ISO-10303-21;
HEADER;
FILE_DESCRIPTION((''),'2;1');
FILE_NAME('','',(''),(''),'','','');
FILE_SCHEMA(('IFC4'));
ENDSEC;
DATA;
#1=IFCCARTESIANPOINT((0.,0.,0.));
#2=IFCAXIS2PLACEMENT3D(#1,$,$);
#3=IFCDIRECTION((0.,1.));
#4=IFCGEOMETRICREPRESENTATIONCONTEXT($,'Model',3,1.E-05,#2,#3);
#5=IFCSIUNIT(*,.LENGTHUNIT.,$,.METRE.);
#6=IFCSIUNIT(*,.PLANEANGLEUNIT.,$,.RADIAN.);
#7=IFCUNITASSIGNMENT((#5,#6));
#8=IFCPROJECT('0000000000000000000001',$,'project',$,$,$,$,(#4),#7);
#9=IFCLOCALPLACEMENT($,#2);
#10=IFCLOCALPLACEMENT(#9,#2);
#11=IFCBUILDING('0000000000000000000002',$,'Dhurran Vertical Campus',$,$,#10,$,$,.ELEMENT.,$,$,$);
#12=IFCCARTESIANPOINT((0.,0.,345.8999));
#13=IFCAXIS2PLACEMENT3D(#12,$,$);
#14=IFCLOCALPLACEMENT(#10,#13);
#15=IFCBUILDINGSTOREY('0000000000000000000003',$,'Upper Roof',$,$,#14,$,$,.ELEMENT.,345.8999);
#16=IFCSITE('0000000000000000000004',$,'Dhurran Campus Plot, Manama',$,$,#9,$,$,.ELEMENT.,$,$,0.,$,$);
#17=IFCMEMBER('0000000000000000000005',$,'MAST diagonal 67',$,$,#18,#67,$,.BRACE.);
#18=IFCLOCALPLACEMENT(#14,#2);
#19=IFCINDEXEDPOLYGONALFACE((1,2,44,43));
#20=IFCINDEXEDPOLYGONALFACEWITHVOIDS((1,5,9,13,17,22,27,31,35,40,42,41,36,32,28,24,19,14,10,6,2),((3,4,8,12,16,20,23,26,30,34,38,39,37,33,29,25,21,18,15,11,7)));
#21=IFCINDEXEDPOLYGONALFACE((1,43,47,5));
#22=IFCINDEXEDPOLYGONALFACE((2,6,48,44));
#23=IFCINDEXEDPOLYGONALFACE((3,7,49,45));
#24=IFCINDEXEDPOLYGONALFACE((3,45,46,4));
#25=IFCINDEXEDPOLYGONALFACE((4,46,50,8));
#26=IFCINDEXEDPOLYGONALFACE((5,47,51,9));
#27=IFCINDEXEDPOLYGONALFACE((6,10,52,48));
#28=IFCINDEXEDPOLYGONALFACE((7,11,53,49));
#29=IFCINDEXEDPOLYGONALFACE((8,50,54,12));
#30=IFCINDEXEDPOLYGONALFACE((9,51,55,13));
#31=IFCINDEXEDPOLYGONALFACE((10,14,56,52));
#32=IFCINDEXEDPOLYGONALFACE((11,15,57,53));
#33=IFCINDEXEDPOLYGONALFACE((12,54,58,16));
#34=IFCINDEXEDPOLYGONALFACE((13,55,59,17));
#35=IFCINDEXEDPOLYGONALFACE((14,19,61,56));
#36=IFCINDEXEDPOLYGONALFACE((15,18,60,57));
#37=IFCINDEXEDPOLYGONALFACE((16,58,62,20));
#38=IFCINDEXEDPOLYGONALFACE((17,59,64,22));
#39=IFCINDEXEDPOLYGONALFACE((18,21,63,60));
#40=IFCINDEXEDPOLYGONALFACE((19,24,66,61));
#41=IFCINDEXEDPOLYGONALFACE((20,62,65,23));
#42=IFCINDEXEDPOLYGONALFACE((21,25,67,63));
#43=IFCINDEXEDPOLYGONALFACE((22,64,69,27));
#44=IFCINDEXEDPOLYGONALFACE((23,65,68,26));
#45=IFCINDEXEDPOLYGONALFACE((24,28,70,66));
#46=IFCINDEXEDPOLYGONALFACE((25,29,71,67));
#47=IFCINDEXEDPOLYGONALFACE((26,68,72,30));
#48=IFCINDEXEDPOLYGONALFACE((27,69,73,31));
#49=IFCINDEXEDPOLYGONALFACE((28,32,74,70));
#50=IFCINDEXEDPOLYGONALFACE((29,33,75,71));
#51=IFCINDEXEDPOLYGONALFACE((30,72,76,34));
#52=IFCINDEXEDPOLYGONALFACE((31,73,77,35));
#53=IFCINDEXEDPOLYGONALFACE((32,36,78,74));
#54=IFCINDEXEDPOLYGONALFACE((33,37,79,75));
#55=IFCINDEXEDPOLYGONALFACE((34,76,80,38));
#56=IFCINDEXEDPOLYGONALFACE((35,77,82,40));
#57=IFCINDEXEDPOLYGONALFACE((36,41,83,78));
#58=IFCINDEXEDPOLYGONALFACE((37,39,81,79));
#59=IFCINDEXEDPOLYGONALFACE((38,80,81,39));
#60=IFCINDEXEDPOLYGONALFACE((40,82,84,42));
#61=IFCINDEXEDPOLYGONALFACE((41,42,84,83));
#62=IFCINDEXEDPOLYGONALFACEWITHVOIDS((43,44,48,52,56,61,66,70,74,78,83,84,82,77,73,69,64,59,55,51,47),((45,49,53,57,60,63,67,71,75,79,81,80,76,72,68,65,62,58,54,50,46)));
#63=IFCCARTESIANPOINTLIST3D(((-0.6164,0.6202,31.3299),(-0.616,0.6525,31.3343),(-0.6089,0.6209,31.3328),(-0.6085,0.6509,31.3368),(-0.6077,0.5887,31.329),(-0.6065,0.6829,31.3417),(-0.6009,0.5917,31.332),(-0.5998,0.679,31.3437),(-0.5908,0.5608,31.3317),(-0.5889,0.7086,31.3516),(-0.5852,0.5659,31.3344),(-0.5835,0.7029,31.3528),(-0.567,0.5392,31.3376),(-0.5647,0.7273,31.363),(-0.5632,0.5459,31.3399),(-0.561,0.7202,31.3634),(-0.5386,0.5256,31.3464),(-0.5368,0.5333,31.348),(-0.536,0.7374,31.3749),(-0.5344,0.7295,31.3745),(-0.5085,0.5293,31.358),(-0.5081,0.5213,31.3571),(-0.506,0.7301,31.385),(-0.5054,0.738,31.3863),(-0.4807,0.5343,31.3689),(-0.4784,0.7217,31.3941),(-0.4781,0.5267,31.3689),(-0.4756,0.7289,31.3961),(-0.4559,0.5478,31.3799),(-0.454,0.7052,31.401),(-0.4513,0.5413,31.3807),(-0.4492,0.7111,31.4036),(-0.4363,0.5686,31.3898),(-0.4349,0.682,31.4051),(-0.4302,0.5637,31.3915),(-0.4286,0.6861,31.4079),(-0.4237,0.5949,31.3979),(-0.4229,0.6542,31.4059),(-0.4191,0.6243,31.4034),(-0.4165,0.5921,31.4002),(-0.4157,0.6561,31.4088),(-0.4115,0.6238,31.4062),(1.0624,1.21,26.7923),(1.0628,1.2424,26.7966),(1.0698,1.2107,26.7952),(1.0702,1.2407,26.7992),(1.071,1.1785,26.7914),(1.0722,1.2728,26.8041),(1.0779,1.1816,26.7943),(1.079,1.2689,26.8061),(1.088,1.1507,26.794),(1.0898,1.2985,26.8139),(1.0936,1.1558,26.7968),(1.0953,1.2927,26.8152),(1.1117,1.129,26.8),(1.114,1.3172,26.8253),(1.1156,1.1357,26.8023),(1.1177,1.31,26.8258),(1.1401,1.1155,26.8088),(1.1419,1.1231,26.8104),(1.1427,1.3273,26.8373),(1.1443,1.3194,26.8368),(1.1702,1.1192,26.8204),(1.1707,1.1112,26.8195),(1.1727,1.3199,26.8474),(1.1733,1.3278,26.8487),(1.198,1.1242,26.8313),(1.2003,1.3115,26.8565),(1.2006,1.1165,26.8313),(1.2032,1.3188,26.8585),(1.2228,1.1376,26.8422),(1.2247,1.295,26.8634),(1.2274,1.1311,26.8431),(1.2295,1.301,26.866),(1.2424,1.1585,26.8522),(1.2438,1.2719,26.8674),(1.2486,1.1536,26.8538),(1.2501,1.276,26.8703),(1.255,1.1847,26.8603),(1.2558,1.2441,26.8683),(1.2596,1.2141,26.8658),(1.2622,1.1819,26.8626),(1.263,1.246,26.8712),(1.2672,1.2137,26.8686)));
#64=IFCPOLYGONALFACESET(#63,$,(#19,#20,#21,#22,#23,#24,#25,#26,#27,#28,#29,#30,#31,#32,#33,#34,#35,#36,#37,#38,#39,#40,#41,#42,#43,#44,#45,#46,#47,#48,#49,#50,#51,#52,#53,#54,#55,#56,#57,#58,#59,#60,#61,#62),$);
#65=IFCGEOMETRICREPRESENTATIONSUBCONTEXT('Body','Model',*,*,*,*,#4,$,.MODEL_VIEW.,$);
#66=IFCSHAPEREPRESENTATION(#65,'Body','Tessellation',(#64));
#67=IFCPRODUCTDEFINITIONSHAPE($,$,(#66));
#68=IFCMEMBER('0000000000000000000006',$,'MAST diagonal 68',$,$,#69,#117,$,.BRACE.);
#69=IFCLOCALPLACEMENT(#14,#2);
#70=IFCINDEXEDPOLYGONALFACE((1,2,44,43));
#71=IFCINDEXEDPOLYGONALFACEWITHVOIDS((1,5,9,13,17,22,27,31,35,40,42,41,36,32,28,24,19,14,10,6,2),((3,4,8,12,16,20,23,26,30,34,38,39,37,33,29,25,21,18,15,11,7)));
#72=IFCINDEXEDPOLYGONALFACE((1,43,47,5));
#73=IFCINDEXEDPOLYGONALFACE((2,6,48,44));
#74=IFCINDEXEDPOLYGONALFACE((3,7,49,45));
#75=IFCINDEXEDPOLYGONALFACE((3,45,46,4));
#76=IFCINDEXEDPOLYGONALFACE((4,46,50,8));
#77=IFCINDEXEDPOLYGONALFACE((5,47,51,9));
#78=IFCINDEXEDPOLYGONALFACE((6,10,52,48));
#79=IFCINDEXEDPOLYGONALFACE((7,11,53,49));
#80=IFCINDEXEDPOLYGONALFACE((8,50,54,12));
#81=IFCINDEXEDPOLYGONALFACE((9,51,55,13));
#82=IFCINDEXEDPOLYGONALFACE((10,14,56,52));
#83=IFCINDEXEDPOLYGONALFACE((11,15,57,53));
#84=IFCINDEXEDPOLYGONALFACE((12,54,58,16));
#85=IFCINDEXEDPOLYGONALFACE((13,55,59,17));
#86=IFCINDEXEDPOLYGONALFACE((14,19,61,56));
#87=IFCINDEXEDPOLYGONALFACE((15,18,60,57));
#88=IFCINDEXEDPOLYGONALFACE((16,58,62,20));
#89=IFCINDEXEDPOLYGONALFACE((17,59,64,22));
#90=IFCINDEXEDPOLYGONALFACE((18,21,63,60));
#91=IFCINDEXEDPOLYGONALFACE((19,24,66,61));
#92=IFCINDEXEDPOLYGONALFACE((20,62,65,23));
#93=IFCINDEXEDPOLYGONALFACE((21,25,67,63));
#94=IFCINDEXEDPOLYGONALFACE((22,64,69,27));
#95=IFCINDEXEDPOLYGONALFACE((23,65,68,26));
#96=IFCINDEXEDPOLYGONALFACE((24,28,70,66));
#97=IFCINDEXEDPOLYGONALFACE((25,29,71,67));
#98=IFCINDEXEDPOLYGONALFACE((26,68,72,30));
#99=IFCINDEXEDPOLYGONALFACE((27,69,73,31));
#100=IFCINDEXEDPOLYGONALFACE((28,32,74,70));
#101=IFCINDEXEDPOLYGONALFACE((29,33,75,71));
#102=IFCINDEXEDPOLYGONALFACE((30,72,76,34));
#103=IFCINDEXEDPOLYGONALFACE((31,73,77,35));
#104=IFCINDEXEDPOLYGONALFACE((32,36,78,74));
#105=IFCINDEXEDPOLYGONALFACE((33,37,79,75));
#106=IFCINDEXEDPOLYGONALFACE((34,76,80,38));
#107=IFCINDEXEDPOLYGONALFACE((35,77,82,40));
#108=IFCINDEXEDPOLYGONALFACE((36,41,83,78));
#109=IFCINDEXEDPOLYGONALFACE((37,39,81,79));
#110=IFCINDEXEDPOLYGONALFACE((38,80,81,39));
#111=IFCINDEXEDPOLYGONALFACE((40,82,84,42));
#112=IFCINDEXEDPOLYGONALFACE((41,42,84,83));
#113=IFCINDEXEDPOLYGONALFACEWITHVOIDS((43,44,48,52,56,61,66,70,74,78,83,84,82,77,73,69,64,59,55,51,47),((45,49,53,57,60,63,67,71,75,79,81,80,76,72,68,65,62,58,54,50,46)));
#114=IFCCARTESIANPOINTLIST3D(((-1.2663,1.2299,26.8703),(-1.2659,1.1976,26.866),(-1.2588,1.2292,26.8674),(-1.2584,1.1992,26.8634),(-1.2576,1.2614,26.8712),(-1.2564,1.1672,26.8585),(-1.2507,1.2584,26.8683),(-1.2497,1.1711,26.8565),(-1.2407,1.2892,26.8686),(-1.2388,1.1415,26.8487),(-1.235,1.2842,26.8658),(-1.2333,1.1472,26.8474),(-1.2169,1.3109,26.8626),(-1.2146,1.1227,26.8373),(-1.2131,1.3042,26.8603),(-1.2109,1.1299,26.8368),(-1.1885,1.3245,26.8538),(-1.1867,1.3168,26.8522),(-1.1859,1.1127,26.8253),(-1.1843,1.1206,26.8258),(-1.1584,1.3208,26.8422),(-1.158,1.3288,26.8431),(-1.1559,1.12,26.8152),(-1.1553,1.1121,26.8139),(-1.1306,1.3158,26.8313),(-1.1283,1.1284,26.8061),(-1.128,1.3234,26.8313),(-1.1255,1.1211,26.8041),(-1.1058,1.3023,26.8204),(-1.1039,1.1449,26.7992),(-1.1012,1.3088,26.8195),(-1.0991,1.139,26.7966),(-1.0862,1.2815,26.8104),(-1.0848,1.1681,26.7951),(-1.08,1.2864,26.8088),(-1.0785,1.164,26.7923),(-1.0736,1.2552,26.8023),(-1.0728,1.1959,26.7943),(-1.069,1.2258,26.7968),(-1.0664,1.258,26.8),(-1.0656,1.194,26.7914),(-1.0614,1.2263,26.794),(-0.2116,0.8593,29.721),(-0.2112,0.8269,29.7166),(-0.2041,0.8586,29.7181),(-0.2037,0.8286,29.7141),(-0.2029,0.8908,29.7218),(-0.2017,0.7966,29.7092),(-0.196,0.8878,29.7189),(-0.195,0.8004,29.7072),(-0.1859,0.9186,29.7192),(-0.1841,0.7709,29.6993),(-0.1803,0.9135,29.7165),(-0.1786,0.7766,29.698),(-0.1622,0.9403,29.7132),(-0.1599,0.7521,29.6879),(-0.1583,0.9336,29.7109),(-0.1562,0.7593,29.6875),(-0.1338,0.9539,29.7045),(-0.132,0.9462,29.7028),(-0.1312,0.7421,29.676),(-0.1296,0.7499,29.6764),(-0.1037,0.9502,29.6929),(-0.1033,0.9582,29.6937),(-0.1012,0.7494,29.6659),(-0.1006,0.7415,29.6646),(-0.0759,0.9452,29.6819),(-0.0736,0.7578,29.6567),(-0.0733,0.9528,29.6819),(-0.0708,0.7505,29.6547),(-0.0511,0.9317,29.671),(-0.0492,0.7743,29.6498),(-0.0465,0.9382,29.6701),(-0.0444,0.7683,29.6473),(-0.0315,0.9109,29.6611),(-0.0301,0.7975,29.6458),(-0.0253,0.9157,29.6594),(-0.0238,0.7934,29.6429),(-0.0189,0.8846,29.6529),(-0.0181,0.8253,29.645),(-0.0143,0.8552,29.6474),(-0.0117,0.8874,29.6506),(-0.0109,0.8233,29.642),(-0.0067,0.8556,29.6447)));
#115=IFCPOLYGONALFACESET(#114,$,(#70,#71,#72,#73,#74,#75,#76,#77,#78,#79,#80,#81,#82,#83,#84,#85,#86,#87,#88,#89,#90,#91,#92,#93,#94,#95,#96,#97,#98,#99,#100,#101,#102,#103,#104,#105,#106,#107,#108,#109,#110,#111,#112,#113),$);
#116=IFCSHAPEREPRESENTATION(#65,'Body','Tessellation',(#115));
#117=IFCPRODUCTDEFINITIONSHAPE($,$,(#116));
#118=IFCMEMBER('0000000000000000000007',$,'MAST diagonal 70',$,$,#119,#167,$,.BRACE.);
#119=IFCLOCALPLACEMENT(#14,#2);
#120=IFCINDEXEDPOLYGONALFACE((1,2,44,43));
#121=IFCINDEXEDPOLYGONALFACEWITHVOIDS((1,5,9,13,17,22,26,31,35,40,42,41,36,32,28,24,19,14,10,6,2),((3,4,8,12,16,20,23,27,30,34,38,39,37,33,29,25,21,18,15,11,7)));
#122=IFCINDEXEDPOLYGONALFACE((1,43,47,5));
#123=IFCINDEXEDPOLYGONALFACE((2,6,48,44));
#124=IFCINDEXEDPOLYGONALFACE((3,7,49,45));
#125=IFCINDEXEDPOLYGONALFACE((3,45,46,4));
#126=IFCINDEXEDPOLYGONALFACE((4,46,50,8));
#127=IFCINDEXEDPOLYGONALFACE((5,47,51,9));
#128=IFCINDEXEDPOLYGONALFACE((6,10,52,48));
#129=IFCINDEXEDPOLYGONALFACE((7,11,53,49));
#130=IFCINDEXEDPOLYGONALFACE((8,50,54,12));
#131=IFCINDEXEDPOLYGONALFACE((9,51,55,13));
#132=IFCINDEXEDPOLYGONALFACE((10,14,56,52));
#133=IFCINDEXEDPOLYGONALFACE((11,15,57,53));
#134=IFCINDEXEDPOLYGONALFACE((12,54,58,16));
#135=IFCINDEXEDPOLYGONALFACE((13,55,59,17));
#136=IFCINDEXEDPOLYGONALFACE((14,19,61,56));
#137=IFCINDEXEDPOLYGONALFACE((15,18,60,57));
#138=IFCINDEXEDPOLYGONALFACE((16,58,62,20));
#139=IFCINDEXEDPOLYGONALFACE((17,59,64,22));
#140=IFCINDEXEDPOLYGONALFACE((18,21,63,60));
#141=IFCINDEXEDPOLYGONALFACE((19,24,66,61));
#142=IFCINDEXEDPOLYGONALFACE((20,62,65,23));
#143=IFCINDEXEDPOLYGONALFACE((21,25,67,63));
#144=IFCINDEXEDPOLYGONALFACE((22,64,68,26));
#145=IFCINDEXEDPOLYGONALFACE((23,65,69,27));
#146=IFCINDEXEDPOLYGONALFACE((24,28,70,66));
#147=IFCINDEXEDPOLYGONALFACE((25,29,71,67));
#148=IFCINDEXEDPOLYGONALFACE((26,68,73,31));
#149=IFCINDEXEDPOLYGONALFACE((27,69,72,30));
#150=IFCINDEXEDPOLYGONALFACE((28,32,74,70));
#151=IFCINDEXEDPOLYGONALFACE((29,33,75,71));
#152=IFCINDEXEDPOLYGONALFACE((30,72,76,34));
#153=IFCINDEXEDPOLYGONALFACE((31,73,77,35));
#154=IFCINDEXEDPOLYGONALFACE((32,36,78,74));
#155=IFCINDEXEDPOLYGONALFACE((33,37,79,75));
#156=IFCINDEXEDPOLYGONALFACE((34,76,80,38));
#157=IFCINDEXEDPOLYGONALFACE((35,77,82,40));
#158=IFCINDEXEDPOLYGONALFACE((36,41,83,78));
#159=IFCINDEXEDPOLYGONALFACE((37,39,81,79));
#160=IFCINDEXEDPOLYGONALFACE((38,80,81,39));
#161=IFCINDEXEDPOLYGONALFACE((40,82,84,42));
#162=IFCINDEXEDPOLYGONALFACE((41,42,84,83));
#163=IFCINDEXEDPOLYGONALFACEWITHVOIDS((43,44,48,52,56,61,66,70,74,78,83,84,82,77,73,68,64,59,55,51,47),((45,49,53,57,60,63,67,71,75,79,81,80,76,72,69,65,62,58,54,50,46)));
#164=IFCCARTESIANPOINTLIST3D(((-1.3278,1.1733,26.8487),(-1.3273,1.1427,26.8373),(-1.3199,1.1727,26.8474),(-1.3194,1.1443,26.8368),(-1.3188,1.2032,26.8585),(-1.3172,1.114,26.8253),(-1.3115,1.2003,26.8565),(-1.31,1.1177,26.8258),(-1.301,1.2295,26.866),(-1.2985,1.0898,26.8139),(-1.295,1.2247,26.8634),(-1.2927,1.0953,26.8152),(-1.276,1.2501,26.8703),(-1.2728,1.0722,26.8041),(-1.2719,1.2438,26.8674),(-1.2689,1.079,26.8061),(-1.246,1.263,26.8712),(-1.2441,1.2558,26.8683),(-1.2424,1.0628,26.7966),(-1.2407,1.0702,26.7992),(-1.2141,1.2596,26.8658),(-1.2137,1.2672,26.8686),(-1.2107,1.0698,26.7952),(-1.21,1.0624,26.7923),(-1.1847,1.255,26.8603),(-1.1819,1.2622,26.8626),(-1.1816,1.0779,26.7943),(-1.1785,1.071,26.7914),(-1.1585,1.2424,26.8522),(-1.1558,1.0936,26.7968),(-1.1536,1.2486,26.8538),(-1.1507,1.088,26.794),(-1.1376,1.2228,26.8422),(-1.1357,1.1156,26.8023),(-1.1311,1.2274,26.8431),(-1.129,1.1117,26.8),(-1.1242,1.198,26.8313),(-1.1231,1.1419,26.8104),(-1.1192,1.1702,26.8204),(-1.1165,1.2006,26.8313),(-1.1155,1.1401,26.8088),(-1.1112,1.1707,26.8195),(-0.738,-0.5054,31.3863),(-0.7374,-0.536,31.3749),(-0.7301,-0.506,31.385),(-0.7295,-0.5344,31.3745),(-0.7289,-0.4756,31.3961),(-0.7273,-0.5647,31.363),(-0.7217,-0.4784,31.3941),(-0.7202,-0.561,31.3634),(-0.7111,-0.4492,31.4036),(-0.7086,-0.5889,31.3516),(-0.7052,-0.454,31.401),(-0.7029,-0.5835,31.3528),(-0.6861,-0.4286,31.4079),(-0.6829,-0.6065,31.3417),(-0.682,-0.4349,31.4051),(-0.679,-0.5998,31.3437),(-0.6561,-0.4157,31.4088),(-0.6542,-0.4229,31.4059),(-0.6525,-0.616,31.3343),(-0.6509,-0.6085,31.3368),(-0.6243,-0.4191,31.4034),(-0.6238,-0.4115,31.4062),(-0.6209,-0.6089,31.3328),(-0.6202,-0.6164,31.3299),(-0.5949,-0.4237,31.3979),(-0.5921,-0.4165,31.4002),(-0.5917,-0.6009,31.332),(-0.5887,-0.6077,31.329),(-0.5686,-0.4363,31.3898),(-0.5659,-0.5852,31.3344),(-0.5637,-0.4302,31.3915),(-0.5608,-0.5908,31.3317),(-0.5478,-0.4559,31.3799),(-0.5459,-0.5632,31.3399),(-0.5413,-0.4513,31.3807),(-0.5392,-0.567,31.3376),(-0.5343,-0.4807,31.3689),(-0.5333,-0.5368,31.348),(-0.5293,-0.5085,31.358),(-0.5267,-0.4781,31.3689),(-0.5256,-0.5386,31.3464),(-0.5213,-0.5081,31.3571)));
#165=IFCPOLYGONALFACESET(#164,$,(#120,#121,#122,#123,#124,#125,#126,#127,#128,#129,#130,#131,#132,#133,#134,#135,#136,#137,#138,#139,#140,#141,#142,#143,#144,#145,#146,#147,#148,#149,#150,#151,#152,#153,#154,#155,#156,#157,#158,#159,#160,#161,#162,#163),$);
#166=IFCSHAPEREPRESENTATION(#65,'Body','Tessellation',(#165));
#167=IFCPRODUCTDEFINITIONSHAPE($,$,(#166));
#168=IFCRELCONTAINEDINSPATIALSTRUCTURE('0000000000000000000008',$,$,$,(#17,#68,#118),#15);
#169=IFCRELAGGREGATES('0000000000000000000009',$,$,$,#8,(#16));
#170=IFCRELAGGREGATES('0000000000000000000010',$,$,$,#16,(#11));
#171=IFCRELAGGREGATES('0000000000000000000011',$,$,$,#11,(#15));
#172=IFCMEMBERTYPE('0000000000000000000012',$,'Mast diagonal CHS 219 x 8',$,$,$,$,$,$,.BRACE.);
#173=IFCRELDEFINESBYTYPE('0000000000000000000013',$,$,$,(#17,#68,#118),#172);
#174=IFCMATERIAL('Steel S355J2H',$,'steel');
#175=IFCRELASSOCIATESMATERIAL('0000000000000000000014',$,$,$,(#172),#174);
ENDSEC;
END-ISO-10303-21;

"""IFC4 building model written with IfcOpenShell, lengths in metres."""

from ifc_helpers import new_model, si_unit, direction, frame, origin, origin_2d, place, context, subcontext, project, spatial, hollow_circle, extrude, material, material_profile, profile_set, type_object, element, save


model = new_model("IFC4")

# Units and contexts
model_context = context("Model", 3, precision=1e-05, world=origin(), true_north=direction((0.0, 1.0)))
body_context = subcontext(model_context, "Body", "Model", "MODEL_VIEW")
ifc_project = project(units=[si_unit("LENGTHUNIT", "METRE"), si_unit("PLANEANGLEUNIT", "RADIAN")], contexts=[model_context])

# Site, building, storey
site_placement = place(None, origin())
site = spatial("IfcSite", under=ifc_project, at=site_placement, Name="Dhurran Campus Plot, Manama", CompositionType="ELEMENT", RefElevation=0.0)
building_placement = place(site_placement, origin())
building = spatial("IfcBuilding", under=site, at=building_placement, Name="Dhurran Vertical Campus", CompositionType="ELEMENT")
storey_placement = place(building_placement, frame((0.0, 0.0, 345.8999)))
storey = spatial("IfcBuildingStorey", under=building, at=storey_placement, Name="Upper Roof", CompositionType="ELEMENT", Elevation=345.8999)

# Members
ifc_material_1 = material(Name="Steel S355J2H", Category="steel")
ifc_material_profile_1 = material_profile(ifc_material_1, hollow_circle(Radius=0.1096, WallThickness=0.0081, at=origin_2d()), Name="CHS219x8")
ifc_profile_set_1 = profile_set([ifc_material_profile_1], Name="Steel S355J2H")
member_type_1 = type_object("IfcMemberType", Name="Mast diagonal CHS 219 x 8", PredefinedType="BRACE", material=ifc_profile_set_1)
member_1_placement = place(storey_placement, frame((1.1643, 1.22, 26.8313), z_axis=(-0.344422, -0.121019, 0.930982), x_axis=(0.331499, -0.943456, 0.0)))
element("IfcMember", 1, at=member_1_placement, inside=storey, type_object=member_type_1, Name="MAST diagonal 67", PredefinedType="BRACE", context=body_context, shape_type="SweptSolid", body=[
    extrude(hollow_circle(Radius=0.1096, WallThickness=0.0081, at=origin_2d()), origin(), (0.0, 0.0, 1.0), 4.874),
])
member_2_placement = place(storey_placement, frame((-1.1643, 1.22, 26.8313), z_axis=(0.344449, -0.121036, 0.93097), x_axis=(0.331518, 0.943449, 0.0)))
element("IfcMember", 2, at=member_2_placement, inside=storey, type_object=member_type_1, Name="MAST diagonal 68", PredefinedType="BRACE", context=body_context, shape_type="SweptSolid", body=[
    extrude(hollow_circle(Radius=0.1096, WallThickness=0.0081, at=origin_2d()), origin(), (0.0, 0.0, 1.0), 3.062),
])
member_3_placement = place(storey_placement, frame((-1.22, 1.1643, 26.8313), z_axis=(0.121019, -0.344422, 0.930982), x_axis=(0.943456, 0.331499, 0.0)))
element("IfcMember", 3, at=member_3_placement, inside=storey, type_object=member_type_1, Name="MAST diagonal 70", PredefinedType="BRACE", context=body_context, shape_type="SweptSolid", body=[
    extrude(hollow_circle(Radius=0.1096, WallThickness=0.0081, at=origin_2d()), origin(), (0.0, 0.0, 1.0), 4.874),
])

save(model, "model.ifc")
